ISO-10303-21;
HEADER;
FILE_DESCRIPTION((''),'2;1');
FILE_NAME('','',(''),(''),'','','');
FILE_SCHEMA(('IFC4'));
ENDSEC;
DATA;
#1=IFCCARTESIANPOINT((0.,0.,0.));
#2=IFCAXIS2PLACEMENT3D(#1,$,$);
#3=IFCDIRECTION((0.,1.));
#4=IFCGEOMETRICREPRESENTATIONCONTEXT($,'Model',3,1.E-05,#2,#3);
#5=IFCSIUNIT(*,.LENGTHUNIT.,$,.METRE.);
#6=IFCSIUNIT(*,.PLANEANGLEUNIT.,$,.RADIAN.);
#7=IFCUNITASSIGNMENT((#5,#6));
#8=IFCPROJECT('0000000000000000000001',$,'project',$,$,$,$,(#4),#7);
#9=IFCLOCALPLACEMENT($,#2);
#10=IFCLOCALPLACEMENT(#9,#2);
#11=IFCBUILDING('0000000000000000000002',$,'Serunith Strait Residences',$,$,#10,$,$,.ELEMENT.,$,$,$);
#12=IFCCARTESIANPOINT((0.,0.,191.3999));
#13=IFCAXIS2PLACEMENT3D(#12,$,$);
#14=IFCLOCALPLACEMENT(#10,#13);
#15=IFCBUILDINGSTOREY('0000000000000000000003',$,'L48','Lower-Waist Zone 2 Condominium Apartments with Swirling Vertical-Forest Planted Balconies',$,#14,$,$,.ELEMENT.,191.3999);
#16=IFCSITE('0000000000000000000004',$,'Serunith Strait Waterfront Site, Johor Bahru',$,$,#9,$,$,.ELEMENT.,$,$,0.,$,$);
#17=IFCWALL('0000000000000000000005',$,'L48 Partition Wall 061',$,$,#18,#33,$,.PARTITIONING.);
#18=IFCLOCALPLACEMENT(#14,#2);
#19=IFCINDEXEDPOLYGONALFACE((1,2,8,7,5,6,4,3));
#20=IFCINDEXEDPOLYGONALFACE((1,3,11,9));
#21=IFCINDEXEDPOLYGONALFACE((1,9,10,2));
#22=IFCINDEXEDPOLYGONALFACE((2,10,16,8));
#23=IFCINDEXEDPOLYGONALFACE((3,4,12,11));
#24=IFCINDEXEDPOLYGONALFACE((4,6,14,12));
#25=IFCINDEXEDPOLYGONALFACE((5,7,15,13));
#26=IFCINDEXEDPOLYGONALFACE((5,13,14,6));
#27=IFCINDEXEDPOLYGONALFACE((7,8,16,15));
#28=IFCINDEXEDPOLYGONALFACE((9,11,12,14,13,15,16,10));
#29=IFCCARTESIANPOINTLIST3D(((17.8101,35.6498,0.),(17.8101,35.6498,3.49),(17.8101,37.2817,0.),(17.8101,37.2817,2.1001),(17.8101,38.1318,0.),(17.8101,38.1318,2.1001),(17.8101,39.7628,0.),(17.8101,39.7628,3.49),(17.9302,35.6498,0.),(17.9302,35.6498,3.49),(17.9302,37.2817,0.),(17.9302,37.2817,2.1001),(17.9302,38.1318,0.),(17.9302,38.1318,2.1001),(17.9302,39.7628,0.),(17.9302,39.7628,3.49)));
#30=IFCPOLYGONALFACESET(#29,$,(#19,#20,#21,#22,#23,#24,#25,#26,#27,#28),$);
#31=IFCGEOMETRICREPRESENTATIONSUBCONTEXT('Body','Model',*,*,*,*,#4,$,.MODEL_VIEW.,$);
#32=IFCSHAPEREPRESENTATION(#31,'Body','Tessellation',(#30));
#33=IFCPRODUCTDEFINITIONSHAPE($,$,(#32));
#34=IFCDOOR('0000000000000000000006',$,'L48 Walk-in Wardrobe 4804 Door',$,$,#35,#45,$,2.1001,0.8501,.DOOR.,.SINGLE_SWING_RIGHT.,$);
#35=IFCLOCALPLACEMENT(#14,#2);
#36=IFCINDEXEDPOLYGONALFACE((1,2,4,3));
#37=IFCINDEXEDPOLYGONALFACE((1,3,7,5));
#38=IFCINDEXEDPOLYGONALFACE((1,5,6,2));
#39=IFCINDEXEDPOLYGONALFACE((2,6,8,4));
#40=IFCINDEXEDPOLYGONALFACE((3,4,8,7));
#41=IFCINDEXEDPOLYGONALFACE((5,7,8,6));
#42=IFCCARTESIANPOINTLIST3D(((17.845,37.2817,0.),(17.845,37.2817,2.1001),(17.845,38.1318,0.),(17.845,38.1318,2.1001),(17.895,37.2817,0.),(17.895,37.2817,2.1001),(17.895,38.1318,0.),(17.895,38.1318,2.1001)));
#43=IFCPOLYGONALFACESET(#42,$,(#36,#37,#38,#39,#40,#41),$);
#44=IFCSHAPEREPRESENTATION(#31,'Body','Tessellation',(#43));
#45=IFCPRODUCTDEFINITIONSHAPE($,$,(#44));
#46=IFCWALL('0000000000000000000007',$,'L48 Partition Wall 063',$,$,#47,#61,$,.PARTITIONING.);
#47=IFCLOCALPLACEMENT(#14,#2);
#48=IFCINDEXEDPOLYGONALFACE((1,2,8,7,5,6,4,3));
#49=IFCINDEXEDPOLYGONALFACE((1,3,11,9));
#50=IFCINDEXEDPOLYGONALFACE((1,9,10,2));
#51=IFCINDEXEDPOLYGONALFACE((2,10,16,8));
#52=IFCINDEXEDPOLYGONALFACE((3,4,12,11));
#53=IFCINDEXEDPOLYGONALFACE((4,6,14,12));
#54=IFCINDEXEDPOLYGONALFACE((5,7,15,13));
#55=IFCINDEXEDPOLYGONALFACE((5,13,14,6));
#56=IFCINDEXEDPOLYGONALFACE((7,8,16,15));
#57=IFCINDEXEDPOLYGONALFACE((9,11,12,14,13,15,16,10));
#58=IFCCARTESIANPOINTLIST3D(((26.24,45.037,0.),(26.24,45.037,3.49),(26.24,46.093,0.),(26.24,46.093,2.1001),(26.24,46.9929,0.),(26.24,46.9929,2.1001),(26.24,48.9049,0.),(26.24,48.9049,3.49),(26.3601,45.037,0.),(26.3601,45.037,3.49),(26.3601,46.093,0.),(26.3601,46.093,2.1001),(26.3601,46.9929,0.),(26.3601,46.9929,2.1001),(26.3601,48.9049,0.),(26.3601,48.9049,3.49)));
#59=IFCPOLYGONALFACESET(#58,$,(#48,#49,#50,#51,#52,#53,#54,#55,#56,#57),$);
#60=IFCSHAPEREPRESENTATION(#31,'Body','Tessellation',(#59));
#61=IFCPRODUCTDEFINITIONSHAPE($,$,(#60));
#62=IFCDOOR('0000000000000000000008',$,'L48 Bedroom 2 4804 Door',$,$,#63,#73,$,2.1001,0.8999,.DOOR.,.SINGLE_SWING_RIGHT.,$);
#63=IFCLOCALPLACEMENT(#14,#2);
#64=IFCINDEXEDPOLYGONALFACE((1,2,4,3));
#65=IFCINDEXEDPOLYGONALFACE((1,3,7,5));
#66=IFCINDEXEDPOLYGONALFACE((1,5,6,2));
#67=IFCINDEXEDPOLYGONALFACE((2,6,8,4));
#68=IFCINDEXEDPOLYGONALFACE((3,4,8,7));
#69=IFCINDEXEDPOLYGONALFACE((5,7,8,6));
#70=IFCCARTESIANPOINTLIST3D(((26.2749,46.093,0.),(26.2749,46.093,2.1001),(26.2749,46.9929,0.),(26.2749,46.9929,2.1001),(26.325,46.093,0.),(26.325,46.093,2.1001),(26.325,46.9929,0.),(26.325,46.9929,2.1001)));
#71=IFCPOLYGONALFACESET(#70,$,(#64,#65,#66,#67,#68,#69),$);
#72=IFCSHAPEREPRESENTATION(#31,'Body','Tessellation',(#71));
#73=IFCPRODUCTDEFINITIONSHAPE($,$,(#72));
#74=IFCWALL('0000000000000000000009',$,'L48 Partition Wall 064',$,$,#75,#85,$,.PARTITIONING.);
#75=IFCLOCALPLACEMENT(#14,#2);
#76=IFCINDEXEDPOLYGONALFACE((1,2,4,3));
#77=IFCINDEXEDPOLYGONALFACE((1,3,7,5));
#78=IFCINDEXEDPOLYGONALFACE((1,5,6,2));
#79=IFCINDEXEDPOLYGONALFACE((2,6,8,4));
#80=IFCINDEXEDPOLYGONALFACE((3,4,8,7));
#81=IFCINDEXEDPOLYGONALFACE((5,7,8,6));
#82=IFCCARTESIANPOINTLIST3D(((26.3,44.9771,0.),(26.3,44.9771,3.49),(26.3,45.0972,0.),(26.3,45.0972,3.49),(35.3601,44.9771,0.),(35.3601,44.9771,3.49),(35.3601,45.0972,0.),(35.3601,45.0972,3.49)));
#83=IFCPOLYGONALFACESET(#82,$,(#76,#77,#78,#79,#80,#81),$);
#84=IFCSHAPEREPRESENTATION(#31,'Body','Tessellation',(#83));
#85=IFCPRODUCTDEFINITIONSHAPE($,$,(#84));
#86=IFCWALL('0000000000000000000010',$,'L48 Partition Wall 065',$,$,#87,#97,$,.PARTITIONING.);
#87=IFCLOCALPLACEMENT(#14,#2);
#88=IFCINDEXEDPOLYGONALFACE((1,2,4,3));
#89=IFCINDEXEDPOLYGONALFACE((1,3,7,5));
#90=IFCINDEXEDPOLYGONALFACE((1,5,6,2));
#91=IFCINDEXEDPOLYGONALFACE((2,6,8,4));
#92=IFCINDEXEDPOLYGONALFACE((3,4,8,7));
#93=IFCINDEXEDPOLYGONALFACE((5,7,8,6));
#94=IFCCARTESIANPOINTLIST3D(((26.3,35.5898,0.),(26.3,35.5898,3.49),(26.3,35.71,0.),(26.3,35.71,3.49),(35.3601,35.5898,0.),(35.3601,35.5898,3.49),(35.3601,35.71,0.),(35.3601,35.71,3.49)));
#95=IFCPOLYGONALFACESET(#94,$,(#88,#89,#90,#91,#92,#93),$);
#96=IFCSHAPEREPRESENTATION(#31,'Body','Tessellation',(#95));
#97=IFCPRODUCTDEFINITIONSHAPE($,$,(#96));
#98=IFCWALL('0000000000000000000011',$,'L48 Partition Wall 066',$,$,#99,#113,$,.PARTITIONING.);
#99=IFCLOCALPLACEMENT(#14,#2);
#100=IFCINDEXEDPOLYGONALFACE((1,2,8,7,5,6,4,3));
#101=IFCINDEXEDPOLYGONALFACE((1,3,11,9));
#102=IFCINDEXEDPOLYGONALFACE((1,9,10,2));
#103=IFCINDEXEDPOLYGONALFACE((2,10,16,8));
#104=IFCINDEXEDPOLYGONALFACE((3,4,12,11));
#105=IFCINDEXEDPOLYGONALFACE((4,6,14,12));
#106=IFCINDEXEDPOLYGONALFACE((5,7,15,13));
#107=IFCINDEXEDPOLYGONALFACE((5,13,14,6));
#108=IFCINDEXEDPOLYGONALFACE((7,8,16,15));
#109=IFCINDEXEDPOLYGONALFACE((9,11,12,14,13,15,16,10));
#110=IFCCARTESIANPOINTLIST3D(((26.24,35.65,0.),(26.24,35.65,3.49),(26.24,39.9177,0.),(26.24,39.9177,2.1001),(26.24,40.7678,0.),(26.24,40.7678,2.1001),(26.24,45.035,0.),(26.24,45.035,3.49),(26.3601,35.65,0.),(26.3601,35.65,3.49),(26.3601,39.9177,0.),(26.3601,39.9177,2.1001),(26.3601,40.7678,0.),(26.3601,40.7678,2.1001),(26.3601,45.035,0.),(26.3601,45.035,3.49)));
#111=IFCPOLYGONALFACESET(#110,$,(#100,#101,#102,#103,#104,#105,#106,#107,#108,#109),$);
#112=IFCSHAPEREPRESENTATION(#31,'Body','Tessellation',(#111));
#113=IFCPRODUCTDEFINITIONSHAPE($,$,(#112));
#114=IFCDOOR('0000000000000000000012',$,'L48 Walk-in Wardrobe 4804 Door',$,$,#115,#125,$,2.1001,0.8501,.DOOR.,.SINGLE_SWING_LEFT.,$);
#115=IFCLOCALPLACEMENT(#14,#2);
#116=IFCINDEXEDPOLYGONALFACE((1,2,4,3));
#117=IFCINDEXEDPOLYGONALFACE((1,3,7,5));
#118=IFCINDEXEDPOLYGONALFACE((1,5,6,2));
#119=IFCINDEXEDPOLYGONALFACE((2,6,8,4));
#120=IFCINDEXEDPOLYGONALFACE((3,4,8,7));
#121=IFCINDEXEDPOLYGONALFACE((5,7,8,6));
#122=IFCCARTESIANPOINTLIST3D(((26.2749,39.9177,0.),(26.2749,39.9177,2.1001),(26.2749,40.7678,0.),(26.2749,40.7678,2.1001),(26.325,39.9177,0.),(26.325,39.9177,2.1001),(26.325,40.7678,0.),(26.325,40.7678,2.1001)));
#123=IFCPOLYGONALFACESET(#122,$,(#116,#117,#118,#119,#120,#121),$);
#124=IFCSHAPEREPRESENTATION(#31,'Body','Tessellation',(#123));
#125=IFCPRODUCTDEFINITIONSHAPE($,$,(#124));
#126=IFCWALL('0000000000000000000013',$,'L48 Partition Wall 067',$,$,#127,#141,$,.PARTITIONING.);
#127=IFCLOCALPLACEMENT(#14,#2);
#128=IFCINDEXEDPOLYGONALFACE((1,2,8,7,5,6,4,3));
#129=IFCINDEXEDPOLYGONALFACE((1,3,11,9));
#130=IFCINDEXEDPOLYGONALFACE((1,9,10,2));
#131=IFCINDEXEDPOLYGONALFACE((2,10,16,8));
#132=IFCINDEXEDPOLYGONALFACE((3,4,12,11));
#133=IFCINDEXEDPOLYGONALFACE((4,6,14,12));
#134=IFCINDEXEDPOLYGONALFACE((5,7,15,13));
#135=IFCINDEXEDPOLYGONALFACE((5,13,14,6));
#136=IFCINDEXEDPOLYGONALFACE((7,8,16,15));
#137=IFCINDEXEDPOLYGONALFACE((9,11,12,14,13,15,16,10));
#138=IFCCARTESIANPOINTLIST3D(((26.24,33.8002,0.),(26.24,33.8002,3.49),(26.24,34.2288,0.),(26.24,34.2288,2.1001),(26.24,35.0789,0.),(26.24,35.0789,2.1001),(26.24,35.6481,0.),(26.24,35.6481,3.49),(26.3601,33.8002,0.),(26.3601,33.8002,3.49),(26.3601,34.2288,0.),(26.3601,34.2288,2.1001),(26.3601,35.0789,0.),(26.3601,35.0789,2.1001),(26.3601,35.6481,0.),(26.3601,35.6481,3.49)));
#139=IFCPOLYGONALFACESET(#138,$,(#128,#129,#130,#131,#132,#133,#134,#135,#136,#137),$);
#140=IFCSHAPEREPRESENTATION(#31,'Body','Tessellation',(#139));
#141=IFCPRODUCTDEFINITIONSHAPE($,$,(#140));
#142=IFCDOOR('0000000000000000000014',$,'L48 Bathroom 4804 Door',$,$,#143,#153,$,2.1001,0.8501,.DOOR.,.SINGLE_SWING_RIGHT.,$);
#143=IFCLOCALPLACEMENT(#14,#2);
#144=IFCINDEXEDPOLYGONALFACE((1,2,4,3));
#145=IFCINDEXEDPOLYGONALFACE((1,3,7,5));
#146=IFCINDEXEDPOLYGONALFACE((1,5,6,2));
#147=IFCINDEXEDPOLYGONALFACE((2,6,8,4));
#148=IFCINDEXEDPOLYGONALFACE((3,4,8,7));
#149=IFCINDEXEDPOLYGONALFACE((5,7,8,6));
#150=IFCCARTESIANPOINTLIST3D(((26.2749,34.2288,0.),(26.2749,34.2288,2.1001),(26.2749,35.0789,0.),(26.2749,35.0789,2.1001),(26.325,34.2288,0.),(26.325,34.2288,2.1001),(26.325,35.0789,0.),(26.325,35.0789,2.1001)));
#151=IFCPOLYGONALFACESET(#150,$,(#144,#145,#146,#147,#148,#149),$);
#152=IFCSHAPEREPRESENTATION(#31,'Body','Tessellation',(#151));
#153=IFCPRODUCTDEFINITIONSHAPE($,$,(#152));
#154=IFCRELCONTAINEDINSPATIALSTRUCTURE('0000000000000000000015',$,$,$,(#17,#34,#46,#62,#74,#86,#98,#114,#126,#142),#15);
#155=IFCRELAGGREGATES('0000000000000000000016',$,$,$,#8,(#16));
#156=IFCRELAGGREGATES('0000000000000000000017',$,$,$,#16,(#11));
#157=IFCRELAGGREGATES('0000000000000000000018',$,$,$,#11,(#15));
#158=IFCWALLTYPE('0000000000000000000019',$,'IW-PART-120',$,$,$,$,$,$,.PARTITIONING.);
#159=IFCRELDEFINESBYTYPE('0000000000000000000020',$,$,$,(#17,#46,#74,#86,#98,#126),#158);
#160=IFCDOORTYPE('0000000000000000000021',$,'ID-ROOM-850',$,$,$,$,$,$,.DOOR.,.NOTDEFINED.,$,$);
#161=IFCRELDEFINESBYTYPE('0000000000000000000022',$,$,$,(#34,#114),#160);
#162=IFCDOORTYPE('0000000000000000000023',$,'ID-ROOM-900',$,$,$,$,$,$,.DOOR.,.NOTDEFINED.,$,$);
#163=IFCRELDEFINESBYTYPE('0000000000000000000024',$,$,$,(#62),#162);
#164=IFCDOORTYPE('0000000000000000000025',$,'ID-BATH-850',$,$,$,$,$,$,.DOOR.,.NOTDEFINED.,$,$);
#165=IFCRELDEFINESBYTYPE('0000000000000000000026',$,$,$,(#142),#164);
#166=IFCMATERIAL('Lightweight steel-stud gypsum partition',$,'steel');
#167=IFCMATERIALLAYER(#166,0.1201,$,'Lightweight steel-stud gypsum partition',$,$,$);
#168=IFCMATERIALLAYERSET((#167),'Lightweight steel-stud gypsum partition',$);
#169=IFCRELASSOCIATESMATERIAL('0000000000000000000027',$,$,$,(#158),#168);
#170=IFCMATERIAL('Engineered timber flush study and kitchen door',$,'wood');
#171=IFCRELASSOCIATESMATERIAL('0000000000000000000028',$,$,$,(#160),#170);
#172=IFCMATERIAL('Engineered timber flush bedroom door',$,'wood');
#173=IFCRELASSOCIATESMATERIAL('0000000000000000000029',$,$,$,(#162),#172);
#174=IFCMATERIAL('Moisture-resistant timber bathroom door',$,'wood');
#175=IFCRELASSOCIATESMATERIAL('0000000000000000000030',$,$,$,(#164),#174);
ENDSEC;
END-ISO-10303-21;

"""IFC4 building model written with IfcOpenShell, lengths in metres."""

from ifc_helpers import new_model, si_unit, direction, frame, frame_2d, origin, place, context, subcontext, project, spatial, rectangle, extrude, source, transform, mapped, material, layer, layer_set, type_object, element, fill, save


model = new_model("IFC4")

# Units and contexts
model_context = context("Model", 3, precision=1e-05, world=origin(), true_north=direction((0.0, 1.0)))
body_context = subcontext(model_context, "Body", "Model", "MODEL_VIEW")
ifc_project = project(units=[si_unit("LENGTHUNIT", "METRE"), si_unit("PLANEANGLEUNIT", "RADIAN")], contexts=[model_context])

# Site, building, storey
site_placement = place(None, origin())
site = spatial("IfcSite", under=ifc_project, at=site_placement, Name="Serunith Strait Waterfront Site, Johor Bahru", CompositionType="ELEMENT", RefElevation=0.0)
building_placement = place(site_placement, origin())
building = spatial("IfcBuilding", under=site, at=building_placement, Name="Serunith Strait Residences", CompositionType="ELEMENT")
storey_placement = place(building_placement, frame((0.0, 0.0, 191.3999)))
storey = spatial("IfcBuildingStorey", under=building, at=storey_placement, Name="L48", Description="Lower-Waist Zone 2 Condominium Apartments with Swirling Vertical-Forest Planted Balconies", CompositionType="ELEMENT", Elevation=191.3999)

# Shared definitions
ifc_material_1 = material(Name="Lightweight steel-stud gypsum partition", Category="steel")
ifc_layer_1 = layer(ifc_material_1, 0.1201, Name="Lightweight steel-stud gypsum partition")
ifc_layer_set_1 = layer_set([ifc_layer_1], Name="Lightweight steel-stud gypsum partition")
wall_type = type_object("IfcWallType", Name="IW-PART-120", PredefinedType="PARTITIONING", material=ifc_layer_set_1)
ifc_material_2 = material(Name="Engineered timber flush study and kitchen door", Category="wood")
door_type_1 = type_object("IfcDoorType", Name="ID-ROOM-850", OperationType="NOTDEFINED", PredefinedType="DOOR", material=ifc_material_2)
shared_shape_1 = source(origin(), body_context, "Body", "SweptSolid", [
    extrude(rectangle(XDim=0.8501, YDim=2.1001, at=frame_2d((0.425, 1.05))), frame((0.0, 0.0249, 0.0), z_axis=(0.0, -1.0, 0.0), x_axis=(1.0, 0.0, 0.0)), (0.0, 0.0, 1.0), 0.05),
])

# Walls, openings, doors
ifc_material_3 = material(Name="Engineered timber flush bedroom door", Category="wood")
door_type_2 = type_object("IfcDoorType", Name="ID-ROOM-900", OperationType="NOTDEFINED", PredefinedType="DOOR", material=ifc_material_3)
shared_shape_2 = source(origin(), body_context, "Body", "SweptSolid", [
    extrude(rectangle(XDim=0.8999, YDim=2.1001, at=frame_2d((0.45, 1.05))), frame((0.0, 0.0249, 0.0), z_axis=(0.0, -1.0, 0.0), x_axis=(1.0, 0.0, 0.0)), (0.0, 0.0, 1.0), 0.05),
])
wall_1_placement = place(storey_placement, frame((17.8701, 39.7629, 0.0), z_axis=(0.0, 0.0, 1.0), x_axis=(0.0, -1.0, 0.0)))
wall_1 = element("IfcWall", 1, at=wall_1_placement, inside=storey, type_object=wall_type, Name="L48 Partition Wall 061", PredefinedType="PARTITIONING", context=body_context, shape_type="SweptSolid", body=[
    extrude(rectangle(XDim=4.113, YDim=0.1201, at=frame_2d((2.0566, 0.0))), origin(), (0.0, 0.0, 1.0), 3.49),
])
opening_1_placement = place(wall_1_placement, frame((1.6311, 0.0, 0.0)))
opening_1 = element("IfcOpeningElement", 2, at=opening_1_placement, cuts=wall_1, PredefinedType="OPENING", context=body_context, shape_type="SweptSolid", body=[
    extrude(rectangle(XDim=0.8501, YDim=2.1001, at=frame_2d((0.425, 1.05))), frame((0.0, 0.0701, 0.0), z_axis=(0.0, -1.0, 0.0), x_axis=(1.0, 0.0, 0.0)), (0.0, 0.0, 1.0), 0.1401),
])
door_1_placement = place(opening_1_placement, origin())
door_1 = element("IfcDoor", 3, at=door_1_placement, inside=storey, type_object=door_type_1, Name="L48 Walk-in Wardrobe 4804 Door", OperationType="SINGLE_SWING_RIGHT", OverallHeight=2.1001, OverallWidth=0.8501, PredefinedType="DOOR", context=body_context, shape_type="MappedRepresentation", body=[
    mapped(shared_shape_1, transform((0.0, 0.0, 0.0), scale=1.0)),
])
fill(opening_1, door_1)
wall_2_placement = place(storey_placement, frame((26.3, 48.905, 0.0), z_axis=(0.0, 0.0, 1.0), x_axis=(0.0, -1.0, 0.0)))
wall_2 = element("IfcWall", 4, at=wall_2_placement, inside=storey, type_object=wall_type, Name="L48 Partition Wall 063", PredefinedType="PARTITIONING", context=body_context, shape_type="SweptSolid", body=[
    extrude(rectangle(XDim=3.8679, YDim=0.1201, at=frame_2d((1.9341, 0.0))), origin(), (0.0, 0.0, 1.0), 3.49),
])
opening_2_placement = place(wall_2_placement, frame((1.9121, 0.0, 0.0)))
opening_2 = element("IfcOpeningElement", 5, at=opening_2_placement, cuts=wall_2, PredefinedType="OPENING", context=body_context, shape_type="SweptSolid", body=[
    extrude(rectangle(XDim=0.8999, YDim=2.1001, at=frame_2d((0.45, 1.05))), frame((0.0, 0.0701, 0.0), z_axis=(0.0, -1.0, 0.0), x_axis=(1.0, 0.0, 0.0)), (0.0, 0.0, 1.0), 0.1401),
])
door_2_placement = place(opening_2_placement, origin())
door_2 = element("IfcDoor", 6, at=door_2_placement, inside=storey, type_object=door_type_2, Name="L48 Bedroom 2 4804 Door", OperationType="SINGLE_SWING_RIGHT", OverallHeight=2.1001, OverallWidth=0.8999, PredefinedType="DOOR", context=body_context, shape_type="MappedRepresentation", body=[
    mapped(shared_shape_2, transform((0.0, 0.0, 0.0), scale=1.0)),
])
fill(opening_2, door_2)

# Walls
for number, where, z_axis, x_axis, name in (
    (7, (26.3, 45.0371, 0.0), (0.0, 0.0, 1.0), (1.0, 0.0, 0.0), "L48 Partition Wall 064"),
    (8, (26.3, 35.6499, 0.0), (0.0, 0.0, 1.0), (1.0, 0.0, 0.0), "L48 Partition Wall 065"),
):
    element("IfcWall", number, at=place(storey_placement, frame(where, z_axis=z_axis, x_axis=x_axis)), inside=storey, type_object=wall_type, Name=name, PredefinedType="PARTITIONING", context=body_context, shape_type="SweptSolid", body=[
        extrude(rectangle(XDim=9.0601, YDim=0.1201, at=frame_2d((4.53, 0.0))), origin(), (0.0, 0.0, 1.0), 3.49),
    ])

# Walls, openings, doors
wall_3_placement = place(storey_placement, frame((26.3, 45.0349, 0.0), z_axis=(0.0, 0.0, 1.0), x_axis=(0.0, -1.0, 0.0)))
wall_3 = element("IfcWall", 9, at=wall_3_placement, inside=storey, type_object=wall_type, Name="L48 Partition Wall 066", PredefinedType="PARTITIONING", context=body_context, shape_type="SweptSolid", body=[
    extrude(rectangle(XDim=9.385, YDim=0.1201, at=frame_2d((4.6924, 0.0))), origin(), (0.0, 0.0, 1.0), 3.49),
])
opening_3_placement = place(wall_3_placement, frame((4.2671, 0.0, 0.0)))
opening_3 = element("IfcOpeningElement", 10, at=opening_3_placement, cuts=wall_3, PredefinedType="OPENING", context=body_context, shape_type="SweptSolid", body=[
    extrude(rectangle(XDim=0.8501, YDim=2.1001, at=frame_2d((0.425, 1.05))), frame((0.0, 0.0701, 0.0), z_axis=(0.0, -1.0, 0.0), x_axis=(1.0, 0.0, 0.0)), (0.0, 0.0, 1.0), 0.1401),
])
door_3_placement = place(opening_3_placement, origin())
door_3 = element("IfcDoor", 11, at=door_3_placement, inside=storey, type_object=door_type_1, Name="L48 Walk-in Wardrobe 4804 Door", OperationType="SINGLE_SWING_LEFT", OverallHeight=2.1001, OverallWidth=0.8501, PredefinedType="DOOR", context=body_context, shape_type="MappedRepresentation", body=[
    mapped(shared_shape_1, transform((0.0, 0.0, 0.0), scale=1.0)),
])
fill(opening_3, door_3)
wall_4_placement = place(storey_placement, frame((26.3, 35.6479, 0.0), z_axis=(0.0, 0.0, 1.0), x_axis=(0.0, -1.0, 0.0)))
wall_4 = element("IfcWall", 12, at=wall_4_placement, inside=storey, type_object=wall_type, Name="L48 Partition Wall 067", PredefinedType="PARTITIONING", context=body_context, shape_type="SweptSolid", body=[
    extrude(rectangle(XDim=1.8479, YDim=0.1201, at=frame_2d((0.9238, 0.0))), origin(), (0.0, 0.0, 1.0), 3.49),
])
opening_4_placement = place(wall_4_placement, frame((0.5691, 0.0, 0.0)))
opening_4 = element("IfcOpeningElement", 13, at=opening_4_placement, cuts=wall_4, PredefinedType="OPENING", context=body_context, shape_type="SweptSolid", body=[
    extrude(rectangle(XDim=0.8501, YDim=2.1001, at=frame_2d((0.425, 1.05))), frame((0.0, 0.0701, 0.0), z_axis=(0.0, -1.0, 0.0), x_axis=(1.0, 0.0, 0.0)), (0.0, 0.0, 1.0), 0.1401),
])
ifc_material_4 = material(Name="Moisture-resistant timber bathroom door", Category="wood")
door_type_3 = type_object("IfcDoorType", Name="ID-BATH-850", OperationType="NOTDEFINED", PredefinedType="DOOR", material=ifc_material_4)
door_4_placement = place(opening_4_placement, origin())
door_4 = element("IfcDoor", 14, at=door_4_placement, inside=storey, type_object=door_type_3, Name="L48 Bathroom 4804 Door", OperationType="SINGLE_SWING_RIGHT", OverallHeight=2.1001, OverallWidth=0.8501, PredefinedType="DOOR", context=body_context, shape_type="MappedRepresentation", body=[
    mapped(shared_shape_1, transform((0.0, 0.0, 0.0), scale=1.0)),
])
fill(opening_4, door_4)

save(model, "model.ifc")
